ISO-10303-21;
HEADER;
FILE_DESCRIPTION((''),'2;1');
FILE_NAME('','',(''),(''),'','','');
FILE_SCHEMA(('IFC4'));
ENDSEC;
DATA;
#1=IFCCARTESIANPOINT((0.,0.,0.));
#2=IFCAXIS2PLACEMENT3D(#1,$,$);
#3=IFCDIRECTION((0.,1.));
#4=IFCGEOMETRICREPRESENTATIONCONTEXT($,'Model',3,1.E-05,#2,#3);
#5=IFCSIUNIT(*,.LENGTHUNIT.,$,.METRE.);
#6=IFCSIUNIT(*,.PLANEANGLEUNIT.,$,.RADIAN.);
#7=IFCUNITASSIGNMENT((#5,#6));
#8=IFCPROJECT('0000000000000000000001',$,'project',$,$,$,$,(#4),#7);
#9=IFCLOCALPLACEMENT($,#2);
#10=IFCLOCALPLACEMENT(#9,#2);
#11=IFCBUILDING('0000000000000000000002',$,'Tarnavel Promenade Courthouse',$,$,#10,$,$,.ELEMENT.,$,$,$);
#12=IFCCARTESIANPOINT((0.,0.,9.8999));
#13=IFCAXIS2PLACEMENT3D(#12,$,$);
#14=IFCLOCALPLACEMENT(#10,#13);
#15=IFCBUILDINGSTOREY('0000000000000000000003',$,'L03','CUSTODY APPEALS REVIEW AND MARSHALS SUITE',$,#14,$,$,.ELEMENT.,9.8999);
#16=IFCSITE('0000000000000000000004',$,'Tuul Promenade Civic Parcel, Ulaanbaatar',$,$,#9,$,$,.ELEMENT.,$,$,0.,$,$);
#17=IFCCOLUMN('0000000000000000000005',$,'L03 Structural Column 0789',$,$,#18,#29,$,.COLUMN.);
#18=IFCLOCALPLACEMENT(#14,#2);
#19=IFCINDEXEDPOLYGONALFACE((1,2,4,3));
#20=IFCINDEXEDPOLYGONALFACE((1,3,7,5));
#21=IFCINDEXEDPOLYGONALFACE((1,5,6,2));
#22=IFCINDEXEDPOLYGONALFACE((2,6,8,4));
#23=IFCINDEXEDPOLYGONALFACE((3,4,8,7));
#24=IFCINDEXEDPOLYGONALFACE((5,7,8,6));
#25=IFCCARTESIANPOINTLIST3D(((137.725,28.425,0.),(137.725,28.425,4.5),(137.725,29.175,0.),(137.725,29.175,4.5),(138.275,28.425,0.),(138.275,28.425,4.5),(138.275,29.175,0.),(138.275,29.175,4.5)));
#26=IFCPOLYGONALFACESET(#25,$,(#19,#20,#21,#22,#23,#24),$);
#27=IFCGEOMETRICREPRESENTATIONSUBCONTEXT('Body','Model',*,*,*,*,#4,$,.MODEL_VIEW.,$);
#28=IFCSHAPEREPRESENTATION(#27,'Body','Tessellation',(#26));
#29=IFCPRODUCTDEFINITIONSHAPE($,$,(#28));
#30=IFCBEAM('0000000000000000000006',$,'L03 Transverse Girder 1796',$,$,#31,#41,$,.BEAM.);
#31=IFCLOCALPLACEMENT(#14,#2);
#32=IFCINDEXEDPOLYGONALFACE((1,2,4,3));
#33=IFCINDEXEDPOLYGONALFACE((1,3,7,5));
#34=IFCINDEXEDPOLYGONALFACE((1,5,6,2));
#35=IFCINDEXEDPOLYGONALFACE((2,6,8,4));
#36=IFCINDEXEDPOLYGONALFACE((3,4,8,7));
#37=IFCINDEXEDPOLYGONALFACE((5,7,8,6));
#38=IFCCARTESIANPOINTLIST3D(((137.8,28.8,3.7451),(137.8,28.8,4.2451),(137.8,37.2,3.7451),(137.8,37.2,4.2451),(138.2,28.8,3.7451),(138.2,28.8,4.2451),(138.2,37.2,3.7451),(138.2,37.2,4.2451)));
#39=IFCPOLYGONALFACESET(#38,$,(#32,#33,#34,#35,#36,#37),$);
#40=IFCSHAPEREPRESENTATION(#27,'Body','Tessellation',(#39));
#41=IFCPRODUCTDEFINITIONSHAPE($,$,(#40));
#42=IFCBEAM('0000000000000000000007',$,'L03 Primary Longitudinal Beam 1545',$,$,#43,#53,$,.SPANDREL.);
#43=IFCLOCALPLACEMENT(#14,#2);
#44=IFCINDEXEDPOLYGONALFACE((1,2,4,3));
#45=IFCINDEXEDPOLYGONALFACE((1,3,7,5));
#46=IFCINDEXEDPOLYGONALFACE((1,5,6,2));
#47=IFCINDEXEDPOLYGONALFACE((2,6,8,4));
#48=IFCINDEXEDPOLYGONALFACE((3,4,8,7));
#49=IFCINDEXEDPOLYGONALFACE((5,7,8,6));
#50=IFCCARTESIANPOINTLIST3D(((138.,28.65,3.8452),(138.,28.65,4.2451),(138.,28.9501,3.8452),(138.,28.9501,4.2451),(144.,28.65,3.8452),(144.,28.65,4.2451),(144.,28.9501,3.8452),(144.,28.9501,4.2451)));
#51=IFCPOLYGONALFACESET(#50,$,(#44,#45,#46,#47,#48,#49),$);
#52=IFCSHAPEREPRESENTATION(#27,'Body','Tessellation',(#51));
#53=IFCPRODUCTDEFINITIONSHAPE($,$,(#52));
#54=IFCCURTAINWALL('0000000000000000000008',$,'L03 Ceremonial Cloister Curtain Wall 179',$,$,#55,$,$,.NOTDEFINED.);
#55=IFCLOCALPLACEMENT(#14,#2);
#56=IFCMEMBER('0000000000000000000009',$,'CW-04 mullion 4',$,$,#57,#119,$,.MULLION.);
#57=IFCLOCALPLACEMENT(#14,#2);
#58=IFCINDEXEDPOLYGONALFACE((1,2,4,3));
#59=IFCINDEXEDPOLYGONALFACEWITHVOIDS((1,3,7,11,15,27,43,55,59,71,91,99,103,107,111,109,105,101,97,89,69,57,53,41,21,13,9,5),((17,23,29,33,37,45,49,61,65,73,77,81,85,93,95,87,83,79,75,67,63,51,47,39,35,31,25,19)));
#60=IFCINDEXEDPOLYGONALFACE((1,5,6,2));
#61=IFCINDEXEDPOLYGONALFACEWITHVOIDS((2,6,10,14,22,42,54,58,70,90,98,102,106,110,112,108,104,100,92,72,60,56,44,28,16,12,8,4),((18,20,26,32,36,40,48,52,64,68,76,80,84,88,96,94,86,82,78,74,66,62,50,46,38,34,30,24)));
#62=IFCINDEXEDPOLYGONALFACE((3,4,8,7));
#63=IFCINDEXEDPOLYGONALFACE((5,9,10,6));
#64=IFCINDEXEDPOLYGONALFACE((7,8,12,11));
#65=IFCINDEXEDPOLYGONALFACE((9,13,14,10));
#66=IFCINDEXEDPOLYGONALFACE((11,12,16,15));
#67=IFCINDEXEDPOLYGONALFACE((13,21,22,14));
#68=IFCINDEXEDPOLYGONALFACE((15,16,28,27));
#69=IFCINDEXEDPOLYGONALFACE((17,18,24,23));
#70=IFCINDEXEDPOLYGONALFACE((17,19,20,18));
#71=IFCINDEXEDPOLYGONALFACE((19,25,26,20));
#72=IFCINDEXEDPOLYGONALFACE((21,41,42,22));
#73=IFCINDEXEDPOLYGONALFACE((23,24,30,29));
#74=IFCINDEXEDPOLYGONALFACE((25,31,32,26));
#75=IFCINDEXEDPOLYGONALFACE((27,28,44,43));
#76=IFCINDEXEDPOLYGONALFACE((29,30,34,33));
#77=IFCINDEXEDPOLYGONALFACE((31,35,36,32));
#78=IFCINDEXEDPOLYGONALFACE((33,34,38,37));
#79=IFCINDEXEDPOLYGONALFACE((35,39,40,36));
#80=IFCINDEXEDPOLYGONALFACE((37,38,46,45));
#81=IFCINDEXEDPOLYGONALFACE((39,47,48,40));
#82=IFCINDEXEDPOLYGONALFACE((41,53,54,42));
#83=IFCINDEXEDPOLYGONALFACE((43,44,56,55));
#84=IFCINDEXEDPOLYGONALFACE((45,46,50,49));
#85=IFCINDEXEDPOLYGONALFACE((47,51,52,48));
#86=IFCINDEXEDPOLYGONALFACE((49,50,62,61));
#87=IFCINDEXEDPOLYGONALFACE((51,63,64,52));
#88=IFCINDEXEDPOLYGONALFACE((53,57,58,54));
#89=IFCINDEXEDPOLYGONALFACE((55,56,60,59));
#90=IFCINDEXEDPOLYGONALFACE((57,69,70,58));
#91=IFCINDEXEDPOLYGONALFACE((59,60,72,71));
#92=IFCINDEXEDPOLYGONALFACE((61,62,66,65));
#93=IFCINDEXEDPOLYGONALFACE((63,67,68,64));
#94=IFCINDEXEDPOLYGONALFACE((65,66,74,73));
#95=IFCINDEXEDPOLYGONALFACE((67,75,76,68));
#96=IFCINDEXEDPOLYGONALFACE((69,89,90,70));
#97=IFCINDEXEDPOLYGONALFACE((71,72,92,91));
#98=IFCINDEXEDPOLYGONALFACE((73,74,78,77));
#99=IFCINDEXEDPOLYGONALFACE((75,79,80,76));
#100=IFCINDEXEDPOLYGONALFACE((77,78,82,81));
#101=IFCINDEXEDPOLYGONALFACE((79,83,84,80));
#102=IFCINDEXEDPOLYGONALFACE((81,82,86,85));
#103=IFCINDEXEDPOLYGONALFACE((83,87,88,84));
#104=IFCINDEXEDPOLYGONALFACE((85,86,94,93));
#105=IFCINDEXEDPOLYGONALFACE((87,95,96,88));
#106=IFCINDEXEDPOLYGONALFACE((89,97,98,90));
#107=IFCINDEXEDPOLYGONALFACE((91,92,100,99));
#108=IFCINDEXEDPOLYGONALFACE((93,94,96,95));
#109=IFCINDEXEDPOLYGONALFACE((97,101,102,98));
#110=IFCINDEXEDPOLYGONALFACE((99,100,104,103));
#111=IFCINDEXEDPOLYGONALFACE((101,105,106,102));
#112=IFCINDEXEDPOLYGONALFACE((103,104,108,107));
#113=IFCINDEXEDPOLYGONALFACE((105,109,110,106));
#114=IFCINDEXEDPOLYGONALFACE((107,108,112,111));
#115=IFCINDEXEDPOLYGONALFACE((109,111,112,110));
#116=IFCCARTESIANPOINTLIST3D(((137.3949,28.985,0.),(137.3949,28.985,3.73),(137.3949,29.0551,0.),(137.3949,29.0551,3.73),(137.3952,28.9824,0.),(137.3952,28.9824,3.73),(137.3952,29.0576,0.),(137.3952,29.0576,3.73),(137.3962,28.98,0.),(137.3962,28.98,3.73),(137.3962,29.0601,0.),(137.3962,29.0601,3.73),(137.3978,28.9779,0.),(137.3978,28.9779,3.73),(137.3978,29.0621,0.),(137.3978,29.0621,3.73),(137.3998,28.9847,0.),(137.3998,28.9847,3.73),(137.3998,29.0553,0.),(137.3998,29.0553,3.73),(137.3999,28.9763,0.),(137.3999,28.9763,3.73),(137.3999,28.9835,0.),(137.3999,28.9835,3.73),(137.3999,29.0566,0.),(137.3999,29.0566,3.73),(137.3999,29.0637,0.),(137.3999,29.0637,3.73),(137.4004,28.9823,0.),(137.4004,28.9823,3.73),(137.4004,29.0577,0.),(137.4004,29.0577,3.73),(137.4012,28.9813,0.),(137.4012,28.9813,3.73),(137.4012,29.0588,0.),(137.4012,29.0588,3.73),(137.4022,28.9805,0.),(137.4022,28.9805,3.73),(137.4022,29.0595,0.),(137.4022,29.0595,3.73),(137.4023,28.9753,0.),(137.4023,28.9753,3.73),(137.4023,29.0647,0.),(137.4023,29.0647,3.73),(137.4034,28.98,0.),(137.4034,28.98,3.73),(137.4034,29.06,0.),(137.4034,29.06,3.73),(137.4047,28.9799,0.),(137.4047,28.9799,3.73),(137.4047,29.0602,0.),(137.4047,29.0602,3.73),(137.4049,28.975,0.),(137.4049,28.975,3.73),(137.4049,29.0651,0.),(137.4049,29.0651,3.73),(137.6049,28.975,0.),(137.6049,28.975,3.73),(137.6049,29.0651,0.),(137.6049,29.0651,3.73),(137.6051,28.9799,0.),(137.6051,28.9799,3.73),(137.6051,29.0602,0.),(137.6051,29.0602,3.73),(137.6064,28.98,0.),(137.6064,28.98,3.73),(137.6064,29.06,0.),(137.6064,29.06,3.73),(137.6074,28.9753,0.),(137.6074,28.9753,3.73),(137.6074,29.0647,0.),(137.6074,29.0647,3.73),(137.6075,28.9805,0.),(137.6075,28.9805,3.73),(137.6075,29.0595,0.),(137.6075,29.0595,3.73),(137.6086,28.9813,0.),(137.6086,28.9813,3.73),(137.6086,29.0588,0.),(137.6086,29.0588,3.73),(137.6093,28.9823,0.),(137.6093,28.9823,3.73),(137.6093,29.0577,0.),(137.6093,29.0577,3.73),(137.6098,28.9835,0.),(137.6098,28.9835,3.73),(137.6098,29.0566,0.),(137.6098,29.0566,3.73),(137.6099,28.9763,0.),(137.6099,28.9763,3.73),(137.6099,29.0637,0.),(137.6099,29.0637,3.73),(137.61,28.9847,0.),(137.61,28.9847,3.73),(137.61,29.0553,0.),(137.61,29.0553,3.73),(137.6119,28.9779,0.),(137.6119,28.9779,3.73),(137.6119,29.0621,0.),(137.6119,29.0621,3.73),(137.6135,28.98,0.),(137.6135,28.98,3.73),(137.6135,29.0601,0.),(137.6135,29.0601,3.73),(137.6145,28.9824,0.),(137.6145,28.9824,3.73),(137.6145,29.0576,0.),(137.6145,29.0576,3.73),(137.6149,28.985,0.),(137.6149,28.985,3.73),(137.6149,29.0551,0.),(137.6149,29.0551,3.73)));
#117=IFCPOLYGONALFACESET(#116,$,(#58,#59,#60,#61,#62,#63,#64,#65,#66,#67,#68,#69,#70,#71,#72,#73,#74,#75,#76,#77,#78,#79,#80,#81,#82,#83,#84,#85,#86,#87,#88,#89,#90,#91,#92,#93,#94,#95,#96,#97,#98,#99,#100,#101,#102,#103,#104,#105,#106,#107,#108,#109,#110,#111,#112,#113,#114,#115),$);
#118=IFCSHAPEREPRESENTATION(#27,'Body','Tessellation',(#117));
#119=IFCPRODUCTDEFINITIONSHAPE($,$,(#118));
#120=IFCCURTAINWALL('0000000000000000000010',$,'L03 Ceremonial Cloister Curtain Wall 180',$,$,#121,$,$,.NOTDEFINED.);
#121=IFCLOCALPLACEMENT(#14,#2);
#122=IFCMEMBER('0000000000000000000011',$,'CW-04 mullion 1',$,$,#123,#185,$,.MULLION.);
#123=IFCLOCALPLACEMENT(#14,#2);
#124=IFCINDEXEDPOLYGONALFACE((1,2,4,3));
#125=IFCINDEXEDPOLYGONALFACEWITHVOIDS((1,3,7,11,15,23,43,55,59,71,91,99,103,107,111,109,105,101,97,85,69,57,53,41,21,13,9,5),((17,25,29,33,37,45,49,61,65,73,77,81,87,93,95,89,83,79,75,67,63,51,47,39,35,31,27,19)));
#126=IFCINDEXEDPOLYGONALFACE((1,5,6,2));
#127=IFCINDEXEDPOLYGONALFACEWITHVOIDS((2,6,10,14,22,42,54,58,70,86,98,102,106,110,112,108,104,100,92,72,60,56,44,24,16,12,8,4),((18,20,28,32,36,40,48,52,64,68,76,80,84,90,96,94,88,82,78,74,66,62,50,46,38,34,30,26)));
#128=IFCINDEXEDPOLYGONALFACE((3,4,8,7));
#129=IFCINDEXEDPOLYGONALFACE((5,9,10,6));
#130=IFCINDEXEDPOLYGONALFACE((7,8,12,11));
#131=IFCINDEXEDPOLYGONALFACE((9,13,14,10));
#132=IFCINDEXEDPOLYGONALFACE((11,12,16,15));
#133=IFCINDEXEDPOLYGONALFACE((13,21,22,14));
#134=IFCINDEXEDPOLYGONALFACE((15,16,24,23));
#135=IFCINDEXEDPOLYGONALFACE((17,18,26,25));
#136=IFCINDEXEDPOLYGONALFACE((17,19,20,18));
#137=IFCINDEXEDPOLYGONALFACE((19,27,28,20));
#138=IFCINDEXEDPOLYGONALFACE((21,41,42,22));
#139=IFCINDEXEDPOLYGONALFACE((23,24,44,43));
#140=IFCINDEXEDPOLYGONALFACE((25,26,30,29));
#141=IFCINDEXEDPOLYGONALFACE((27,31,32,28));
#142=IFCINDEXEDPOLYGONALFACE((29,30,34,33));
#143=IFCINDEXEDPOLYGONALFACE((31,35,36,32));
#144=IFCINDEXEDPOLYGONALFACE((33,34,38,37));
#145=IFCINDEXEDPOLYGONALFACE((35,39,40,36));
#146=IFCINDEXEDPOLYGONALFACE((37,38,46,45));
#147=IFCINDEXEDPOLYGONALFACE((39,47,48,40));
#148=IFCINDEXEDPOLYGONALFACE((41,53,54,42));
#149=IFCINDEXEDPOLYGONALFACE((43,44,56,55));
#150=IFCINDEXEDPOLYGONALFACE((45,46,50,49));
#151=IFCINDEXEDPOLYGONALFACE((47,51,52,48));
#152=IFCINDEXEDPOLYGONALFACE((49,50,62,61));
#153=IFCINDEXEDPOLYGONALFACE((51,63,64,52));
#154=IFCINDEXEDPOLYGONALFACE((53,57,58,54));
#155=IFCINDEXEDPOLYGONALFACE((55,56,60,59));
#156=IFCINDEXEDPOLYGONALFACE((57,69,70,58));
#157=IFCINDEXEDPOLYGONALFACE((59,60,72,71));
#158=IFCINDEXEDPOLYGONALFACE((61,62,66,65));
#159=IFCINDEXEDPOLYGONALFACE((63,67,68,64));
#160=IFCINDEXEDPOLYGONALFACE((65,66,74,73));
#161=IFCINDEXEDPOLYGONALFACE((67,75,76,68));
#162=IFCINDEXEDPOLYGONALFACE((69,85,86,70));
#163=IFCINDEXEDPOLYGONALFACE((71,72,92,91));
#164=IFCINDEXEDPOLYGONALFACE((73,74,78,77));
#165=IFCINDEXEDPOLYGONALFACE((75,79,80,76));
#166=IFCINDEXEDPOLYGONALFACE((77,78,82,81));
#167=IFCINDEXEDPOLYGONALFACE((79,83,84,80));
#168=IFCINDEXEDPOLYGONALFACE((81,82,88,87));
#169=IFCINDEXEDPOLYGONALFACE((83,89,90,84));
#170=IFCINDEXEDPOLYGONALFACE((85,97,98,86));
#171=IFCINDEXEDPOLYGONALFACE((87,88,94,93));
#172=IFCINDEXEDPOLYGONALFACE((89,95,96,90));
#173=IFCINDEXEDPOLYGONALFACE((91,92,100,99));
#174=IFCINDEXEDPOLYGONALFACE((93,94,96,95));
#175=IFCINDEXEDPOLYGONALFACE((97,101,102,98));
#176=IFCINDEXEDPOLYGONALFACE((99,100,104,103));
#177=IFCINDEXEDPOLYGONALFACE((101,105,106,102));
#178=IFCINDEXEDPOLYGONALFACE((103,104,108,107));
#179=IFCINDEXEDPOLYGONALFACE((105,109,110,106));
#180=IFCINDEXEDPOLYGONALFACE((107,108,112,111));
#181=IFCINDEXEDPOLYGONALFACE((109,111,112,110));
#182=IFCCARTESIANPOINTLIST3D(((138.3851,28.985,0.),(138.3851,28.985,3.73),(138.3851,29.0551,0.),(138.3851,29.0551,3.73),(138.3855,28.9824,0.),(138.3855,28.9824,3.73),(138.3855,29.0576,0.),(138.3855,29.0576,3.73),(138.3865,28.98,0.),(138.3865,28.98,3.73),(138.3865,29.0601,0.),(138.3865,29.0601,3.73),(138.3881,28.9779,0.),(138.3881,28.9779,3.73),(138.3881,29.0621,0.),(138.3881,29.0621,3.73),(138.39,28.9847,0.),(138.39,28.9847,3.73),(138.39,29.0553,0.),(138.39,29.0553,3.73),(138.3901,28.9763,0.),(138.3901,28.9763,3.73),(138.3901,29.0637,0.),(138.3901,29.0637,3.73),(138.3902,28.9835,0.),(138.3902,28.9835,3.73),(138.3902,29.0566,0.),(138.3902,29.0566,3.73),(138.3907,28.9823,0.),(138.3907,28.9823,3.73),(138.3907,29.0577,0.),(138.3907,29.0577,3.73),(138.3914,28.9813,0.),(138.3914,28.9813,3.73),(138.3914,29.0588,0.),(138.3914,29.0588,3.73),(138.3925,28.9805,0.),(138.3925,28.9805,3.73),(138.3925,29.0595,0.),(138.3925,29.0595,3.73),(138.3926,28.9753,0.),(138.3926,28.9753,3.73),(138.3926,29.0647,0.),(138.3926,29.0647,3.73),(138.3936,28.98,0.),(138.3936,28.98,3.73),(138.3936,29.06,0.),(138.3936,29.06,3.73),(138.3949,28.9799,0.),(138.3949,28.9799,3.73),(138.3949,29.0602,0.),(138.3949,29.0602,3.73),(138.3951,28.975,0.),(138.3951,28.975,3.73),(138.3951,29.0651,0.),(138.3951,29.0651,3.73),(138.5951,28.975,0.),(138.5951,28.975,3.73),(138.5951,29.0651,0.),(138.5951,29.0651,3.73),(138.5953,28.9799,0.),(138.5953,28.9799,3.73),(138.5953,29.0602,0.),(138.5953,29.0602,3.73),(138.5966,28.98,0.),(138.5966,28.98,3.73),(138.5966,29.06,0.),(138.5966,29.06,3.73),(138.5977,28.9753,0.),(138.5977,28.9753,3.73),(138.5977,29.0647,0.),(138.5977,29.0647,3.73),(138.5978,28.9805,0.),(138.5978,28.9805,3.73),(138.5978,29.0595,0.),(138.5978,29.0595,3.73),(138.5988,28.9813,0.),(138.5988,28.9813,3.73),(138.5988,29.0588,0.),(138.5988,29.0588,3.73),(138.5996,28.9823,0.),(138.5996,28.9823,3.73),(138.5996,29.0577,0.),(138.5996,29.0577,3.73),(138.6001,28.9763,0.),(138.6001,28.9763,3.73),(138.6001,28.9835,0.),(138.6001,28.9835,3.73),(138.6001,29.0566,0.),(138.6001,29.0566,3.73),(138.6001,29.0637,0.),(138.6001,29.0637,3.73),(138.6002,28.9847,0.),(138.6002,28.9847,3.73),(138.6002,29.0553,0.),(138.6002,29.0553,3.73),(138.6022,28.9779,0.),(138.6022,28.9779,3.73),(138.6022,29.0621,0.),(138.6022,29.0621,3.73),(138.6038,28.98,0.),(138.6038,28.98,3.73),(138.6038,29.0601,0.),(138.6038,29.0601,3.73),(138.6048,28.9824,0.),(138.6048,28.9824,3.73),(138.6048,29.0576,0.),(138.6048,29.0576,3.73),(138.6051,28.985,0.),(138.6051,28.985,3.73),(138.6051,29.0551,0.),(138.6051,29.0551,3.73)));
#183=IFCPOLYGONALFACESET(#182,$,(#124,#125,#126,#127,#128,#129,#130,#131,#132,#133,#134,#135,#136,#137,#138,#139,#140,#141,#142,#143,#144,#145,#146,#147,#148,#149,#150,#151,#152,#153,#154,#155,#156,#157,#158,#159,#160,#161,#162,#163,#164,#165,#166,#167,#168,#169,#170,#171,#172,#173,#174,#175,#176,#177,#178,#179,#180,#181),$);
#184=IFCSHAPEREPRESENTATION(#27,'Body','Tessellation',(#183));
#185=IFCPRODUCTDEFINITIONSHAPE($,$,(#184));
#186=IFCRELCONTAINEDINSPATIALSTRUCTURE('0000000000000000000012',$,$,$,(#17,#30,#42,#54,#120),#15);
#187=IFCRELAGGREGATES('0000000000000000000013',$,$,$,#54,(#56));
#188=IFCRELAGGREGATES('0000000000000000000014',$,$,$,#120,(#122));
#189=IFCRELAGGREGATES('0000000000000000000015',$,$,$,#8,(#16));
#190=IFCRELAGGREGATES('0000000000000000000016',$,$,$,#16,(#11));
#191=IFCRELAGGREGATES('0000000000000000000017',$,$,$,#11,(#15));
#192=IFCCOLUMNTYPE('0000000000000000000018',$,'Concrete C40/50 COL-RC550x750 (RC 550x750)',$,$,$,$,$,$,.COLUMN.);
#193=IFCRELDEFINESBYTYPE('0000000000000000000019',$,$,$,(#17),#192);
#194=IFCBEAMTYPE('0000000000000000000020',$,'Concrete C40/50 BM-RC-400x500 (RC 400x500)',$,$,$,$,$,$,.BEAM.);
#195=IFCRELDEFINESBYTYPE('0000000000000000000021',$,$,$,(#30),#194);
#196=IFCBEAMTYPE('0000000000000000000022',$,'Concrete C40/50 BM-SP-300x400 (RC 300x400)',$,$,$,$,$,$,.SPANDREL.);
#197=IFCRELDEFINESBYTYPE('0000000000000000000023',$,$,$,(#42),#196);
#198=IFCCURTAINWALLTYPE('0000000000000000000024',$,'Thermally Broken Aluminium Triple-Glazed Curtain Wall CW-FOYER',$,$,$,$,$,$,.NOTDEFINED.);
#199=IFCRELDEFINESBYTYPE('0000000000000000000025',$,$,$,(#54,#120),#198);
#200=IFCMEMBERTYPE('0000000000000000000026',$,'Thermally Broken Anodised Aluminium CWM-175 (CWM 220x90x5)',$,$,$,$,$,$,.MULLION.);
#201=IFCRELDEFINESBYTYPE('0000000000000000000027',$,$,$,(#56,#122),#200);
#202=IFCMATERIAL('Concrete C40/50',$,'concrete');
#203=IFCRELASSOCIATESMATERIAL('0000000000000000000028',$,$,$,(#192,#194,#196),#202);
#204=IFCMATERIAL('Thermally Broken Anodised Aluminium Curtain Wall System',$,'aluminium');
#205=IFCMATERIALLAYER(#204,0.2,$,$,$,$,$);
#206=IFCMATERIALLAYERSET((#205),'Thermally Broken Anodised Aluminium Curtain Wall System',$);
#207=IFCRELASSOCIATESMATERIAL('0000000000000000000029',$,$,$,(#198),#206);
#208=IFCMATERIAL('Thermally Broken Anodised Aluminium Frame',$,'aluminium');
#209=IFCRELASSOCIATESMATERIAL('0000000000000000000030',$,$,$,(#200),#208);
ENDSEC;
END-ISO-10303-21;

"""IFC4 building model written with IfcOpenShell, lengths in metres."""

from ifc_helpers import new_model, si_unit, direction, frame, origin, origin_2d, place, context, subcontext, project, spatial, rectangle, hollow_rectangle, extrude, material, layer, layer_set, material_profile, profile_set, type_object, element, aggregate, save


model = new_model("IFC4")

# Units and contexts
model_context = context("Model", 3, precision=1e-05, world=origin(), true_north=direction((0.0, 1.0)))
body_context = subcontext(model_context, "Body", "Model", "MODEL_VIEW")
ifc_project = project(units=[si_unit("LENGTHUNIT", "METRE"), si_unit("PLANEANGLEUNIT", "RADIAN")], contexts=[model_context])

# Site, building, storey
site_placement = place(None, origin())
site = spatial("IfcSite", under=ifc_project, at=site_placement, Name="Tuul Promenade Civic Parcel, Ulaanbaatar", CompositionType="ELEMENT", RefElevation=0.0)
building_placement = place(site_placement, origin())
building = spatial("IfcBuilding", under=site, at=building_placement, Name="Tarnavel Promenade Courthouse", CompositionType="ELEMENT")
storey_placement = place(building_placement, frame((0.0, 0.0, 9.8999)))
storey = spatial("IfcBuildingStorey", under=building, at=storey_placement, Name="L03", Description="CUSTODY APPEALS REVIEW AND MARSHALS SUITE", CompositionType="ELEMENT", Elevation=9.8999)

# Column
ifc_material_1 = material(Name="Concrete C40/50", Category="concrete")
ifc_material_profile_1 = material_profile(ifc_material_1, rectangle(XDim=0.55, YDim=0.75, at=origin_2d()), Name="RC 550x750")
ifc_profile_set_1 = profile_set([ifc_material_profile_1], Name="Concrete C40/50")
column_type = type_object("IfcColumnType", Name="Concrete C40/50 COL-RC550x750 (RC 550x750)", PredefinedType="COLUMN", material=ifc_profile_set_1)
column_placement = place(storey_placement, frame((138.0, 28.8, 0.0), z_axis=(0.0, 0.0, 1.0), x_axis=(1.0, 0.0, 0.0)))
element("IfcColumn", 1, at=column_placement, inside=storey, type_object=column_type, Name="L03 Structural Column 0789", PredefinedType="COLUMN", context=body_context, shape_type="SweptSolid", body=[
    extrude(rectangle(XDim=0.55, YDim=0.75, at=origin_2d()), origin(), (0.0, 0.0, 1.0), 4.5),
])

# Beams
ifc_material_profile_2 = material_profile(ifc_material_1, rectangle(XDim=0.3999, YDim=0.5, at=origin_2d()), Name="RC 400x500")
ifc_profile_set_2 = profile_set([ifc_material_profile_2], Name="Concrete C40/50")
beam_type_1 = type_object("IfcBeamType", Name="Concrete C40/50 BM-RC-400x500 (RC 400x500)", PredefinedType="BEAM", material=ifc_profile_set_2)
beam_1_placement = place(storey_placement, frame((138.0, 28.8, 3.9951), z_axis=(0.0, 1.0, 0.0), x_axis=(-1.0, 0.0, 0.0)))
element("IfcBeam", 2, at=beam_1_placement, inside=storey, type_object=beam_type_1, Name="L03 Transverse Girder 1796", PredefinedType="BEAM", context=body_context, shape_type="SweptSolid", body=[
    extrude(rectangle(XDim=0.3999, YDim=0.5, at=origin_2d()), origin(), (0.0, 0.0, 1.0), 8.3999),
])
ifc_material_profile_3 = material_profile(ifc_material_1, rectangle(XDim=0.3, YDim=0.3999, at=origin_2d()), Name="RC 300x400")
ifc_profile_set_3 = profile_set([ifc_material_profile_3], Name="Concrete C40/50")
beam_type_2 = type_object("IfcBeamType", Name="Concrete C40/50 BM-SP-300x400 (RC 300x400)", PredefinedType="SPANDREL", material=ifc_profile_set_3)
beam_2_placement = place(storey_placement, frame((138.0, 28.8, 4.0452), z_axis=(1.0, 0.0, 0.0), x_axis=(0.0, 1.0, 0.0)))
element("IfcBeam", 3, at=beam_2_placement, inside=storey, type_object=beam_type_2, Name="L03 Primary Longitudinal Beam 1545", PredefinedType="SPANDREL", context=body_context, shape_type="SweptSolid", body=[
    extrude(rectangle(XDim=0.3, YDim=0.3999, at=origin_2d()), origin(), (0.0, 0.0, 1.0), 6.0),
])

# Curtain wall, member
ifc_material_2 = material(Name="Thermally Broken Anodised Aluminium Curtain Wall System", Category="aluminium")
ifc_layer_1 = layer(ifc_material_2, 0.2)
ifc_layer_set_1 = layer_set([ifc_layer_1], Name="Thermally Broken Anodised Aluminium Curtain Wall System")
curtain_wall_type = type_object("IfcCurtainWallType", Name="Thermally Broken Aluminium Triple-Glazed Curtain Wall CW-FOYER", PredefinedType="NOTDEFINED", material=ifc_layer_set_1)
curtain_wall_1_placement = place(storey_placement, origin())
curtain_wall_1 = element("IfcCurtainWall", 4, at=curtain_wall_1_placement, inside=storey, type_object=curtain_wall_type, Name="L03 Ceremonial Cloister Curtain Wall 179", PredefinedType="NOTDEFINED")
ifc_material_3 = material(Name="Thermally Broken Anodised Aluminium Frame", Category="aluminium")
ifc_material_profile_4 = material_profile(ifc_material_3, hollow_rectangle(XDim=0.0901, YDim=0.22, WallThickness=0.0049, InnerFilletRadius=0.0049, OuterFilletRadius=0.01, at=origin_2d()), Name="CWM 220x90x5")
ifc_profile_set_4 = profile_set([ifc_material_profile_4], Name="Thermally Broken Anodised Aluminium Frame")
member_type_1 = type_object("IfcMemberType", Name="Thermally Broken Anodised Aluminium CWM-175 (CWM 220x90x5)", PredefinedType="MULLION", material=ifc_profile_set_4)
member_1_placement = place(storey_placement, frame((137.5049, 29.02, 0.0), z_axis=(0.0, 0.0, 1.0), x_axis=(0.0, 1.0, 0.0)))
member_1 = element("IfcMember", 5, at=member_1_placement, type_object=member_type_1, Name="CW-04 mullion 4", PredefinedType="MULLION", context=body_context, shape_type="SweptSolid", body=[
    extrude(hollow_rectangle(XDim=0.0901, YDim=0.22, WallThickness=0.0049, InnerFilletRadius=0.0049, OuterFilletRadius=0.01, at=origin_2d()), origin(), (0.0, 0.0, 1.0), 3.73),
])

# Curtain wall, member
curtain_wall_2_placement = place(storey_placement, origin())
curtain_wall_2 = element("IfcCurtainWall", 6, at=curtain_wall_2_placement, inside=storey, type_object=curtain_wall_type, Name="L03 Ceremonial Cloister Curtain Wall 180", PredefinedType="NOTDEFINED")
member_2_placement = place(storey_placement, frame((138.4951, 29.02, 0.0), z_axis=(0.0, 0.0, 1.0), x_axis=(0.0, 1.0, 0.0)))
member_2 = element("IfcMember", 7, at=member_2_placement, type_object=member_type_1, Name="CW-04 mullion 1", PredefinedType="MULLION", context=body_context, shape_type="SweptSolid", body=[
    extrude(hollow_rectangle(XDim=0.0901, YDim=0.22, WallThickness=0.0049, InnerFilletRadius=0.0049, OuterFilletRadius=0.01, at=origin_2d()), origin(), (0.0, 0.0, 1.0), 3.73),
])

aggregate(curtain_wall_1, [member_1])
aggregate(curtain_wall_2, [member_2])

save(model, "model.ifc")
